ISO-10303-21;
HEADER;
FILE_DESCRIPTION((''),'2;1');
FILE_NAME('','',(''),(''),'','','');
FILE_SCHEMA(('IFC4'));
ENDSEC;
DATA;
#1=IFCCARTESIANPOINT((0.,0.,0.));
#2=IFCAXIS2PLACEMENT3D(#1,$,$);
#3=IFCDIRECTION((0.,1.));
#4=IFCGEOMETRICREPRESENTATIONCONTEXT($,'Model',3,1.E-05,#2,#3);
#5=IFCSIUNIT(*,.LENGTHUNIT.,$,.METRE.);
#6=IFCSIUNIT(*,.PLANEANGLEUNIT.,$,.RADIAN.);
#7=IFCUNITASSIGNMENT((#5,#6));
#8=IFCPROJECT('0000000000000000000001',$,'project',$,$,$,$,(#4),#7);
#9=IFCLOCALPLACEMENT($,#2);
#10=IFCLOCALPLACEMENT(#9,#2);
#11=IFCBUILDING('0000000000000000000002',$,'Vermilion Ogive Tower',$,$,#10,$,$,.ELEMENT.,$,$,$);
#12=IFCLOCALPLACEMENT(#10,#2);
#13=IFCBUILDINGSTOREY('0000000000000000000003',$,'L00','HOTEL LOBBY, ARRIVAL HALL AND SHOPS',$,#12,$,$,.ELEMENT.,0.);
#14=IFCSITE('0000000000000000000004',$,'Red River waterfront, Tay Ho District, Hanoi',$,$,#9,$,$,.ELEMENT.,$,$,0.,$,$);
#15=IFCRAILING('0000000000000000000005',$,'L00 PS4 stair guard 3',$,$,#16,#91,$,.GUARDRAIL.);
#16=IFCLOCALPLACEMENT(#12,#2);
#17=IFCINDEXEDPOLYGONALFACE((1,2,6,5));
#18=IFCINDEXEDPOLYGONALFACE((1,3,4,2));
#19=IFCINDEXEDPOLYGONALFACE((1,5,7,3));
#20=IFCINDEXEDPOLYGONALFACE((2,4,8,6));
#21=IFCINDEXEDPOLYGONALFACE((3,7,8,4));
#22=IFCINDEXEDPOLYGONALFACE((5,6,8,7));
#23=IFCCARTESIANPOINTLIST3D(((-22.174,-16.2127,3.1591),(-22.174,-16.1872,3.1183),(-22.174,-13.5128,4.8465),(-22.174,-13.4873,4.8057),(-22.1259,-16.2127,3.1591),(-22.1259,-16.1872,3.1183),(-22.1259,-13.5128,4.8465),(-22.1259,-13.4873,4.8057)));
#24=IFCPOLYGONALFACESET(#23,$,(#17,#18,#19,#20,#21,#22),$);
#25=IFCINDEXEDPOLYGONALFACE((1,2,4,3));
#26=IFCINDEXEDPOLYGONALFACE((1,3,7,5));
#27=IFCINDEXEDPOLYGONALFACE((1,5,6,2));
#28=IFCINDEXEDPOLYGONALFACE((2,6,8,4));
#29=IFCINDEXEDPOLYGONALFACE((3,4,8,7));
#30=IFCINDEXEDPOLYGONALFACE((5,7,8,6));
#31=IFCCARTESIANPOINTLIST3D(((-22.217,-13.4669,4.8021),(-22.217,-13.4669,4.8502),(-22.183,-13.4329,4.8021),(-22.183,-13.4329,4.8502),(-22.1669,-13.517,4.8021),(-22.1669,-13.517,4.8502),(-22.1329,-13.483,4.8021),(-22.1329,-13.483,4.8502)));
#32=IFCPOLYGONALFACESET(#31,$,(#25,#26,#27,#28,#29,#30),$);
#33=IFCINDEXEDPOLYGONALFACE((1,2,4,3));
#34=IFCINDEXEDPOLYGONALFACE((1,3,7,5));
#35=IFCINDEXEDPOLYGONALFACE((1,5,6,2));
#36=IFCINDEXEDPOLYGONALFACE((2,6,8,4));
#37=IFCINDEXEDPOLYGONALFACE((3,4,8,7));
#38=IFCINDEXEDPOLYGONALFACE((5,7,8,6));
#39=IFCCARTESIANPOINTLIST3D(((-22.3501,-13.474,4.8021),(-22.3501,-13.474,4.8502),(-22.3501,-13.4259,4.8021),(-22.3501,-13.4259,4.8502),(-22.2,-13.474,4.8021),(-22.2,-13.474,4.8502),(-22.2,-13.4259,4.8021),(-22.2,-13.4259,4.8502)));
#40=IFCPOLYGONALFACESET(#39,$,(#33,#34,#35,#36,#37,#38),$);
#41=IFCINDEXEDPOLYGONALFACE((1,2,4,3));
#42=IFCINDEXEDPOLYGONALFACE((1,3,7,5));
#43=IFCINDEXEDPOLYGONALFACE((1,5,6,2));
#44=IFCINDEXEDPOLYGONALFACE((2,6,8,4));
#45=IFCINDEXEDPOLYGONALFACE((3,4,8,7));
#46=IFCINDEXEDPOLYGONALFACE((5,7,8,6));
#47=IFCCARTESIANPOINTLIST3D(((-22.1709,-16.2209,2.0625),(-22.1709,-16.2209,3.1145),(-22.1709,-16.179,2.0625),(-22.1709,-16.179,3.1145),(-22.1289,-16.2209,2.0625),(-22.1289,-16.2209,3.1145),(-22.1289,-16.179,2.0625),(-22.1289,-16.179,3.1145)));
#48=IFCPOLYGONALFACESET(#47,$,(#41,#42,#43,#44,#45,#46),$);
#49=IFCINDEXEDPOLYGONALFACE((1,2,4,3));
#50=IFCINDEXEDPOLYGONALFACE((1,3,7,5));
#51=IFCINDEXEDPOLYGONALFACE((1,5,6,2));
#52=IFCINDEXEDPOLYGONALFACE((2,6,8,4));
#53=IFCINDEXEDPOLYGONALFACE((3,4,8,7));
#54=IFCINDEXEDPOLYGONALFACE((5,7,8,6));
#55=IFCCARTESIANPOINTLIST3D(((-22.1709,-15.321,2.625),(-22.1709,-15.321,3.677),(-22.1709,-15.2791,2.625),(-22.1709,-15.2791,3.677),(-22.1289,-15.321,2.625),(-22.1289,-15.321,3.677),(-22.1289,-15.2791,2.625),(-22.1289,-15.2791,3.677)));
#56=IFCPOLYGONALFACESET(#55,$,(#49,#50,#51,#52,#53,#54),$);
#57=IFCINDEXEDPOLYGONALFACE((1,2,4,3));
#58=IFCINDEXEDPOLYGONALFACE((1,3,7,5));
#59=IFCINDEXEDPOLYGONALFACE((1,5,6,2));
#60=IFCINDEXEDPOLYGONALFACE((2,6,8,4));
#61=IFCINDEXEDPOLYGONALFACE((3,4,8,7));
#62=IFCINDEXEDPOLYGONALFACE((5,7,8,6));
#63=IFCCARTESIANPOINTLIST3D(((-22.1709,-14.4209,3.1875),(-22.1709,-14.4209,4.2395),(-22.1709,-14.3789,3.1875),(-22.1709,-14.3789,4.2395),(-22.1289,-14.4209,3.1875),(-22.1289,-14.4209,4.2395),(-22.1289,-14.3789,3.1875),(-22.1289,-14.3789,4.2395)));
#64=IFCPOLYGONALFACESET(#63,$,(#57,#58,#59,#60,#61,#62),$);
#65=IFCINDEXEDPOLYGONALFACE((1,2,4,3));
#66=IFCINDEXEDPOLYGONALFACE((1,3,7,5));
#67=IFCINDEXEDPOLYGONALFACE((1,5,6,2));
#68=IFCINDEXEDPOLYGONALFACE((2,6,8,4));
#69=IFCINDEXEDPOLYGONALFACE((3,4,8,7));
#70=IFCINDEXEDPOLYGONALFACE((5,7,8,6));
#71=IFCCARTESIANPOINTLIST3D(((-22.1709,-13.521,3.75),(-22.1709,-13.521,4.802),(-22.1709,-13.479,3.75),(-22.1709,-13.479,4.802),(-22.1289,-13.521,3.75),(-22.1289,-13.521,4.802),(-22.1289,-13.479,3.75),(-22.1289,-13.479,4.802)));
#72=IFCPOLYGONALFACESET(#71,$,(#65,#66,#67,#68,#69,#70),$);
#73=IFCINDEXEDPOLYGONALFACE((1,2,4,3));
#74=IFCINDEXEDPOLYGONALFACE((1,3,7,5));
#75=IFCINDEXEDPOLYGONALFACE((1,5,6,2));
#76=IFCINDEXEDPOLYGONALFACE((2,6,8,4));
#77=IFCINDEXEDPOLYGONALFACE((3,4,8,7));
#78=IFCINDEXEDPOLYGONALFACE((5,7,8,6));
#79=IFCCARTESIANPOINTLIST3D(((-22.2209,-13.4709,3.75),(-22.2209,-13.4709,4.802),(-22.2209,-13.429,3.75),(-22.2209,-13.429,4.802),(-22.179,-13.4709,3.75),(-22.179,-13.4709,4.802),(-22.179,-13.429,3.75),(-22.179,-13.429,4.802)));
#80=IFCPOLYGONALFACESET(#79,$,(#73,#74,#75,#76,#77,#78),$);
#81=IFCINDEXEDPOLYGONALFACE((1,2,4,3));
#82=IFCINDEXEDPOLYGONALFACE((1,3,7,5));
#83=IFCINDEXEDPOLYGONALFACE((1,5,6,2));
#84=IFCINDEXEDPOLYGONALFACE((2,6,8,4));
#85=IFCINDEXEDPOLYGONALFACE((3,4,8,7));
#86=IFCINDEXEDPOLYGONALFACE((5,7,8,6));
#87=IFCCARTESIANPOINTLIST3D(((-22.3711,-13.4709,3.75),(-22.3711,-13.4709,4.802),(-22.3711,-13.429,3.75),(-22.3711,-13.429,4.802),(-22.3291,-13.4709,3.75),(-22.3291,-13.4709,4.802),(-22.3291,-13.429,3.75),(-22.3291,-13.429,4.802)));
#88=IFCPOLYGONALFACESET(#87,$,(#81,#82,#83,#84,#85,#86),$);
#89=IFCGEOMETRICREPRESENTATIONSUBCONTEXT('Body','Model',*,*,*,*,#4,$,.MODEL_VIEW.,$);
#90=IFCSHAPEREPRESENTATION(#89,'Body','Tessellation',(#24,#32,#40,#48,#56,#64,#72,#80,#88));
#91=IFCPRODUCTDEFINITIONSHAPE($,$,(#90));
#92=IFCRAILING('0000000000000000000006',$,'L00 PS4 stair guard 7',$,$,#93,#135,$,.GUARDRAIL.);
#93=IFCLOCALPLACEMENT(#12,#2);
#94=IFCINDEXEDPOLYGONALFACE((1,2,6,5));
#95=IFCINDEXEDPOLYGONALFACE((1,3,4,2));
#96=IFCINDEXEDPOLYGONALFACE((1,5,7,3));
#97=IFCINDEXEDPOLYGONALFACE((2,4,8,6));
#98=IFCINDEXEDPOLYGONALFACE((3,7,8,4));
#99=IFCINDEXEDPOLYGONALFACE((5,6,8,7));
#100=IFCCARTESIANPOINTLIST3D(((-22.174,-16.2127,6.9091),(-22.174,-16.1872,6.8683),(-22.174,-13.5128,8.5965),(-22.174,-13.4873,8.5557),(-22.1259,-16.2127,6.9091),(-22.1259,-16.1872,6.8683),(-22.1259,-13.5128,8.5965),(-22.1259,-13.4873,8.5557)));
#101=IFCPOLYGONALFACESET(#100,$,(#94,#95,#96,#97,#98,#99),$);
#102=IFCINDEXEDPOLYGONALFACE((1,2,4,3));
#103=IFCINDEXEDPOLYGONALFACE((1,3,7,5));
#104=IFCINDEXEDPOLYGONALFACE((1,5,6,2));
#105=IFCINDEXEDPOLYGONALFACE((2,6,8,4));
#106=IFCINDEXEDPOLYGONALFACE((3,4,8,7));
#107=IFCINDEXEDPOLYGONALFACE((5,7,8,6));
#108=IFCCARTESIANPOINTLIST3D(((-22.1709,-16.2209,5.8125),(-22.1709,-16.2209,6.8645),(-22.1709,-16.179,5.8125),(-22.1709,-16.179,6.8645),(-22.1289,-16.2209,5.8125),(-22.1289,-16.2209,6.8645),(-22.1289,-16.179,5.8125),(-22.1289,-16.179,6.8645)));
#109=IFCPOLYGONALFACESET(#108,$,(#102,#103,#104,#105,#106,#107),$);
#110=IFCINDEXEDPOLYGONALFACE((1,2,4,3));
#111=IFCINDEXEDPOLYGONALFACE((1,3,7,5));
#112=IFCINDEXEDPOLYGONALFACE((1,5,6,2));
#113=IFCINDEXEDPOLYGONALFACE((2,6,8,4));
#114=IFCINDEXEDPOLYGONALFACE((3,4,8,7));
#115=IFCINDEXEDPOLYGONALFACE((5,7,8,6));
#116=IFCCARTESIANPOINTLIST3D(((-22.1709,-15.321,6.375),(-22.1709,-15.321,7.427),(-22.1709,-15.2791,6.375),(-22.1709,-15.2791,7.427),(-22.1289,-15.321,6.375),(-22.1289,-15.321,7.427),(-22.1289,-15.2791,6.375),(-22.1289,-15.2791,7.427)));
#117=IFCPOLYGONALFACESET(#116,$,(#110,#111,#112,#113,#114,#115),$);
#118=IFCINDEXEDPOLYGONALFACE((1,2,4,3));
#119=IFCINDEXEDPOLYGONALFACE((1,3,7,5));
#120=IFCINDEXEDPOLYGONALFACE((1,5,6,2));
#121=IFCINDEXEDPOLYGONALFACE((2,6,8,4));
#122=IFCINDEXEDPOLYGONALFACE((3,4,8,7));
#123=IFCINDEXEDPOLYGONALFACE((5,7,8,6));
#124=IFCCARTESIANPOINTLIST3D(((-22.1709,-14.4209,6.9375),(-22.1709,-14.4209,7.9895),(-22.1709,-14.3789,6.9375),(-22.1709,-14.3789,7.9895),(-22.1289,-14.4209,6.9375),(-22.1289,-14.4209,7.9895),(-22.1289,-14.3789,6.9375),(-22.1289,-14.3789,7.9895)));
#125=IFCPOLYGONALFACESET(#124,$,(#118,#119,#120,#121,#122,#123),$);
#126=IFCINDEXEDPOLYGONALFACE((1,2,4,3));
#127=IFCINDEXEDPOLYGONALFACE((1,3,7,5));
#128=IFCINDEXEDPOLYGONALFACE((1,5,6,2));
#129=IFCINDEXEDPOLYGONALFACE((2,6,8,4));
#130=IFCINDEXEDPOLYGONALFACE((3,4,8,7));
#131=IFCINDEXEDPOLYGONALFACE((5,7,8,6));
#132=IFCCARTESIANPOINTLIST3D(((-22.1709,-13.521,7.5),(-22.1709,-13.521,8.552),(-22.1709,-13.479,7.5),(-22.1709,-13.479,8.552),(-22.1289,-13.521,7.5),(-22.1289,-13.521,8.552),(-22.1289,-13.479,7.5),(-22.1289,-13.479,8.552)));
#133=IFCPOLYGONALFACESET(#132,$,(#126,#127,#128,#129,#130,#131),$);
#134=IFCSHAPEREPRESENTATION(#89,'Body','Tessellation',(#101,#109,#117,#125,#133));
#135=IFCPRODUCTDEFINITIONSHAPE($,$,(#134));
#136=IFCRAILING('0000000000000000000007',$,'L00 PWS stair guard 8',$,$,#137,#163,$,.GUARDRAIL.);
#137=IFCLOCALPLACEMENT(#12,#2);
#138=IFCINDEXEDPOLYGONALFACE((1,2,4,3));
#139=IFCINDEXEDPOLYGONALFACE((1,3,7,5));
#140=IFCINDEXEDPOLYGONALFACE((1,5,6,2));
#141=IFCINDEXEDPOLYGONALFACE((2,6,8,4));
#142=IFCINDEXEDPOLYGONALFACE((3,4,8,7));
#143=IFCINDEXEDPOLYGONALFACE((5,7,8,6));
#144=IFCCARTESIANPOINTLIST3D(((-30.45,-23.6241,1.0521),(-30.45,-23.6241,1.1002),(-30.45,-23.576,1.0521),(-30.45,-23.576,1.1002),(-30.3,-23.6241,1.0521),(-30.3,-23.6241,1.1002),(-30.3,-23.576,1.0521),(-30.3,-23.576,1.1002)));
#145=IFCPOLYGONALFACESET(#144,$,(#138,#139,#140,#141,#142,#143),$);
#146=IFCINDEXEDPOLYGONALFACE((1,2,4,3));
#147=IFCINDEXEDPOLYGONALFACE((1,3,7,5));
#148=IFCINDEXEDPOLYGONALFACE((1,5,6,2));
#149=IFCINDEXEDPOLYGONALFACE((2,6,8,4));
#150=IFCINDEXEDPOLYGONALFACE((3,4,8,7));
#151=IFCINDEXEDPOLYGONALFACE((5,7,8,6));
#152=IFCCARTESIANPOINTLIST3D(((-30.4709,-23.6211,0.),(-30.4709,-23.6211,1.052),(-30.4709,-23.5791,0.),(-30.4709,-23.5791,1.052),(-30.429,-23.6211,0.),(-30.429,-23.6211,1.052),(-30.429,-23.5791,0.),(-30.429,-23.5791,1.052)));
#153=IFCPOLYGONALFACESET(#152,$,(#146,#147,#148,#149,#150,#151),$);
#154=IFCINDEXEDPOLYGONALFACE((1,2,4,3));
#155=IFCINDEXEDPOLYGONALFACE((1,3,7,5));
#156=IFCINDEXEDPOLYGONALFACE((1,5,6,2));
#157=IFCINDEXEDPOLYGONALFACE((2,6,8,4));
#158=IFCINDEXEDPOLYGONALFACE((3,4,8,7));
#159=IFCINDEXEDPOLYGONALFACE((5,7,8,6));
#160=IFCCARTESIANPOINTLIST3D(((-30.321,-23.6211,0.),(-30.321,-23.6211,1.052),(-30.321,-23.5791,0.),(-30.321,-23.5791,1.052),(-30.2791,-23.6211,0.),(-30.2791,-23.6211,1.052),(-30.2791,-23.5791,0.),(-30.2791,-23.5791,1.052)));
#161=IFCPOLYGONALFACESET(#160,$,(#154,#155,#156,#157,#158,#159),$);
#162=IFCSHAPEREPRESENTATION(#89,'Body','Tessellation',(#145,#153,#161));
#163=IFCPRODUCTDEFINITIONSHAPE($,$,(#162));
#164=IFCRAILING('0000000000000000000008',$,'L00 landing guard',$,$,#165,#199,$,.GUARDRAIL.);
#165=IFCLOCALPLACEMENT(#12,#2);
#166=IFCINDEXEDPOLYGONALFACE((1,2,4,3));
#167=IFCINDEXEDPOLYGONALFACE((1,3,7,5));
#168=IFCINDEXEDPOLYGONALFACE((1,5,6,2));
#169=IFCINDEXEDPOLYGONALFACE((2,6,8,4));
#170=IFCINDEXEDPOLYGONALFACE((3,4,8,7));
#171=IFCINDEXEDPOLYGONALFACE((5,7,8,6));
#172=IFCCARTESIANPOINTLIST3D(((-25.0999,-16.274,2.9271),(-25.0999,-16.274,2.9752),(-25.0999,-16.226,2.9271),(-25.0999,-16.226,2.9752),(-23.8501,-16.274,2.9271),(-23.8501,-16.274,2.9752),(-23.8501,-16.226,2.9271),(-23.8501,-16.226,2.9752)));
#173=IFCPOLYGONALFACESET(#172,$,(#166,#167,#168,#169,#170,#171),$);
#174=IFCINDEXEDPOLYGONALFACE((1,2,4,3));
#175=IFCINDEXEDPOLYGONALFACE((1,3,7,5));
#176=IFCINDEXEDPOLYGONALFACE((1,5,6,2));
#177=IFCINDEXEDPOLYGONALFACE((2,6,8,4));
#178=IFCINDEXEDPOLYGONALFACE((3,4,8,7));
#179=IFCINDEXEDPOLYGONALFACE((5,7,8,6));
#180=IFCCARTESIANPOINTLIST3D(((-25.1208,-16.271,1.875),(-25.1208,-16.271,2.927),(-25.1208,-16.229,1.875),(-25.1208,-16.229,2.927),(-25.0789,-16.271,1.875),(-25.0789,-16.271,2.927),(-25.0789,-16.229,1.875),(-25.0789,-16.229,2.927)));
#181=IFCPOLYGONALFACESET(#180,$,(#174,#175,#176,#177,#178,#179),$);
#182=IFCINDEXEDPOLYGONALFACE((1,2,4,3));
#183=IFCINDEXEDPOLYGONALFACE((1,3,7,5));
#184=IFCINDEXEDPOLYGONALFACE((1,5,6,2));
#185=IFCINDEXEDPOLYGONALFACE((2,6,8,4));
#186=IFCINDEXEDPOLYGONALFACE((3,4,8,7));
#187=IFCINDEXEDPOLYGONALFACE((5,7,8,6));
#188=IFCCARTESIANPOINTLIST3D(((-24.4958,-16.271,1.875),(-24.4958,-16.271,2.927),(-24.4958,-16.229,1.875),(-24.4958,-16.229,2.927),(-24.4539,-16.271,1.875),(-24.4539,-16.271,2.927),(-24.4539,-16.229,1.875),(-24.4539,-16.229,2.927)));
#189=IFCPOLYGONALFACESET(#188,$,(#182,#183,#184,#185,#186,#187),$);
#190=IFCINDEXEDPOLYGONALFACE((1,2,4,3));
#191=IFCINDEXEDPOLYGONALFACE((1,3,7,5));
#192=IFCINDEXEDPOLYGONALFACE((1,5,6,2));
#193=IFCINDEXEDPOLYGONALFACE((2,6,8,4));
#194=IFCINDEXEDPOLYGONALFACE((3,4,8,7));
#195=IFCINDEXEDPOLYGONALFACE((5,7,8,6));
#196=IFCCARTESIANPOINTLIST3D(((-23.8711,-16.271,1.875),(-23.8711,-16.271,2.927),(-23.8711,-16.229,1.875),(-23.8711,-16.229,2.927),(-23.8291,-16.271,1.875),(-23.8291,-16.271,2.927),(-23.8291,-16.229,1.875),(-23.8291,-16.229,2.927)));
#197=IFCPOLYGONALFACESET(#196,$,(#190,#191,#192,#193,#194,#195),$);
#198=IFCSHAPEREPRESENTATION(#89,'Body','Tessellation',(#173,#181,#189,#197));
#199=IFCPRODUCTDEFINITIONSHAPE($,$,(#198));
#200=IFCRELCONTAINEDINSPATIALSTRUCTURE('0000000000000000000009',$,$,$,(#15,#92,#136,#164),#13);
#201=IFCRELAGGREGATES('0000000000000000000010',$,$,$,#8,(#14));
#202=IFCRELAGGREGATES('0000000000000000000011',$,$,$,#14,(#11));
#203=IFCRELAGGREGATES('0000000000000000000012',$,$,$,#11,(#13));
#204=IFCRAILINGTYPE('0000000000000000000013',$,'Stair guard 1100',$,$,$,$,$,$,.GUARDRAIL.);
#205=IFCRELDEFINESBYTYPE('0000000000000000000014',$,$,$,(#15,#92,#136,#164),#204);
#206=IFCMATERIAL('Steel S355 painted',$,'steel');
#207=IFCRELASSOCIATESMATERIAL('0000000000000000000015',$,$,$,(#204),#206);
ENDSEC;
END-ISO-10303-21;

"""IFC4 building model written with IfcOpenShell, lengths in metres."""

from ifc_helpers import new_model, si_unit, direction, frame, origin, origin_2d, place, context, subcontext, project, spatial, rectangle, extrude, material, type_object, element, save


model = new_model("IFC4")

# Units and contexts
model_context = context("Model", 3, precision=1e-05, world=origin(), true_north=direction((0.0, 1.0)))
body_context = subcontext(model_context, "Body", "Model", "MODEL_VIEW")
ifc_project = project(units=[si_unit("LENGTHUNIT", "METRE"), si_unit("PLANEANGLEUNIT", "RADIAN")], contexts=[model_context])

# Site, building, storey
site_placement = place(None, origin())
site = spatial("IfcSite", under=ifc_project, at=site_placement, Name="Red River waterfront, Tay Ho District, Hanoi", CompositionType="ELEMENT", RefElevation=0.0)
building_placement = place(site_placement, origin())
building = spatial("IfcBuilding", under=site, at=building_placement, Name="Vermilion Ogive Tower", CompositionType="ELEMENT")
storey_placement = place(building_placement, origin())
storey = spatial("IfcBuildingStorey", under=building, at=storey_placement, Name="L00", Description="HOTEL LOBBY, ARRIVAL HALL AND SHOPS", CompositionType="ELEMENT", Elevation=0.0)

# Railings
ifc_material_1 = material(Name="Steel S355 painted", Category="steel")
railing_type_1 = type_object("IfcRailingType", Name="Stair guard 1100", PredefinedType="GUARDRAIL", material=ifc_material_1)
railing_1_placement = place(storey_placement, frame((-22.1499, -16.2, 2.0625)))
element("IfcRailing", 1, at=railing_1_placement, inside=storey, type_object=railing_type_1, Name="L00 PS4 stair guard 3", PredefinedType="GUARDRAIL", context=body_context, shape_type="SweptSolid", body=[
    extrude(rectangle(XDim=0.0481, YDim=0.0481, at=origin_2d()), frame((0.0, 0.0, 1.0762), z_axis=(0.0, 0.847994, 0.530006), x_axis=(-1.0, 0.0, 0.0)), (0.0, 0.0, 1.0), 3.1838),
    extrude(rectangle(XDim=0.0481, YDim=0.0481, at=origin_2d()), frame((0.0, 2.7, 2.7637), z_axis=(-0.707107, 0.707107, 0.0), x_axis=(-0.707107, -0.707107, 0.0)), (0.0, 0.0, 1.0), 0.0708),
    extrude(rectangle(XDim=0.0481, YDim=0.0481, at=origin_2d()), frame((-0.05, 2.75, 2.7637), z_axis=(-1.0, 0.0, 0.0), x_axis=(0.0, -1.0, 0.0)), (0.0, 0.0, 1.0), 0.1501),
    extrude(rectangle(XDim=0.042, YDim=0.042, at=origin_2d()), origin(), (0.0, 0.0, 1.0), 1.052),
    extrude(rectangle(XDim=0.042, YDim=0.042, at=origin_2d()), frame((0.0, 0.8999, 0.5625)), (0.0, 0.0, 1.0), 1.052),
    extrude(rectangle(XDim=0.042, YDim=0.042, at=origin_2d()), frame((0.0, 1.8, 1.125)), (0.0, 0.0, 1.0), 1.052),
    extrude(rectangle(XDim=0.042, YDim=0.042, at=origin_2d()), frame((0.0, 2.7, 1.6875)), (0.0, 0.0, 1.0), 1.052),
    extrude(rectangle(XDim=0.042, YDim=0.042, at=origin_2d()), frame((-0.05, 2.75, 1.6875)), (0.0, 0.0, 1.0), 1.052),
    extrude(rectangle(XDim=0.042, YDim=0.042, at=origin_2d()), frame((-0.2002, 2.75, 1.6875)), (0.0, 0.0, 1.0), 1.052),
])
railing_2_placement = place(storey_placement, frame((-22.1499, -16.2, 5.8125)))
element("IfcRailing", 2, at=railing_2_placement, inside=storey, type_object=railing_type_1, Name="L00 PS4 stair guard 7", PredefinedType="GUARDRAIL", context=body_context, shape_type="SweptSolid", body=[
    extrude(rectangle(XDim=0.0481, YDim=0.0481, at=origin_2d()), frame((0.0, 0.0, 1.0762), z_axis=(0.0, 0.847994, 0.530006), x_axis=(-1.0, 0.0, 0.0)), (0.0, 0.0, 1.0), 3.1838),
    extrude(rectangle(XDim=0.042, YDim=0.042, at=origin_2d()), origin(), (0.0, 0.0, 1.0), 1.052),
    extrude(rectangle(XDim=0.042, YDim=0.042, at=origin_2d()), frame((0.0, 0.8999, 0.5625)), (0.0, 0.0, 1.0), 1.052),
    extrude(rectangle(XDim=0.042, YDim=0.042, at=origin_2d()), frame((0.0, 1.8, 1.125)), (0.0, 0.0, 1.0), 1.052),
    extrude(rectangle(XDim=0.042, YDim=0.042, at=origin_2d()), frame((0.0, 2.7, 1.6875)), (0.0, 0.0, 1.0), 1.052),
])
railing_3_placement = place(storey_placement, frame((-30.45, -23.6001, 0.0)))
element("IfcRailing", 3, at=railing_3_placement, inside=storey, type_object=railing_type_1, Name="L00 PWS stair guard 8", PredefinedType="GUARDRAIL", context=body_context, shape_type="SweptSolid", body=[
    extrude(rectangle(XDim=0.0481, YDim=0.0481, at=origin_2d()), frame((0.0, 0.0, 1.0762), z_axis=(1.0, 0.0, 0.0), x_axis=(0.0, 1.0, 0.0)), (0.0, 0.0, 1.0), 0.1499),
    extrude(rectangle(XDim=0.042, YDim=0.042, at=origin_2d()), origin(), (0.0, 0.0, 1.0), 1.052),
    extrude(rectangle(XDim=0.042, YDim=0.042, at=origin_2d()), frame((0.1499, 0.0, 0.0)), (0.0, 0.0, 1.0), 1.052),
])
railing_4_placement = place(storey_placement, frame((-25.0999, -16.25, 1.875)))
element("IfcRailing", 4, at=railing_4_placement, inside=storey, type_object=railing_type_1, Name="L00 landing guard", PredefinedType="GUARDRAIL", context=body_context, shape_type="SweptSolid", body=[
    extrude(rectangle(XDim=0.0481, YDim=0.0481, at=origin_2d()), frame((0.0, 0.0, 1.0762), z_axis=(1.0, 0.0, 0.0), x_axis=(0.0, 1.0, 0.0)), (0.0, 0.0, 1.0), 1.2498),
    extrude(rectangle(XDim=0.042, YDim=0.042, at=origin_2d()), origin(), (0.0, 0.0, 1.0), 1.052),
    extrude(rectangle(XDim=0.042, YDim=0.042, at=origin_2d()), frame((0.625, 0.0, 0.0)), (0.0, 0.0, 1.0), 1.052),
    extrude(rectangle(XDim=0.042, YDim=0.042, at=origin_2d()), frame((1.2498, 0.0, 0.0)), (0.0, 0.0, 1.0), 1.052),
])

save(model, "model.ifc")
